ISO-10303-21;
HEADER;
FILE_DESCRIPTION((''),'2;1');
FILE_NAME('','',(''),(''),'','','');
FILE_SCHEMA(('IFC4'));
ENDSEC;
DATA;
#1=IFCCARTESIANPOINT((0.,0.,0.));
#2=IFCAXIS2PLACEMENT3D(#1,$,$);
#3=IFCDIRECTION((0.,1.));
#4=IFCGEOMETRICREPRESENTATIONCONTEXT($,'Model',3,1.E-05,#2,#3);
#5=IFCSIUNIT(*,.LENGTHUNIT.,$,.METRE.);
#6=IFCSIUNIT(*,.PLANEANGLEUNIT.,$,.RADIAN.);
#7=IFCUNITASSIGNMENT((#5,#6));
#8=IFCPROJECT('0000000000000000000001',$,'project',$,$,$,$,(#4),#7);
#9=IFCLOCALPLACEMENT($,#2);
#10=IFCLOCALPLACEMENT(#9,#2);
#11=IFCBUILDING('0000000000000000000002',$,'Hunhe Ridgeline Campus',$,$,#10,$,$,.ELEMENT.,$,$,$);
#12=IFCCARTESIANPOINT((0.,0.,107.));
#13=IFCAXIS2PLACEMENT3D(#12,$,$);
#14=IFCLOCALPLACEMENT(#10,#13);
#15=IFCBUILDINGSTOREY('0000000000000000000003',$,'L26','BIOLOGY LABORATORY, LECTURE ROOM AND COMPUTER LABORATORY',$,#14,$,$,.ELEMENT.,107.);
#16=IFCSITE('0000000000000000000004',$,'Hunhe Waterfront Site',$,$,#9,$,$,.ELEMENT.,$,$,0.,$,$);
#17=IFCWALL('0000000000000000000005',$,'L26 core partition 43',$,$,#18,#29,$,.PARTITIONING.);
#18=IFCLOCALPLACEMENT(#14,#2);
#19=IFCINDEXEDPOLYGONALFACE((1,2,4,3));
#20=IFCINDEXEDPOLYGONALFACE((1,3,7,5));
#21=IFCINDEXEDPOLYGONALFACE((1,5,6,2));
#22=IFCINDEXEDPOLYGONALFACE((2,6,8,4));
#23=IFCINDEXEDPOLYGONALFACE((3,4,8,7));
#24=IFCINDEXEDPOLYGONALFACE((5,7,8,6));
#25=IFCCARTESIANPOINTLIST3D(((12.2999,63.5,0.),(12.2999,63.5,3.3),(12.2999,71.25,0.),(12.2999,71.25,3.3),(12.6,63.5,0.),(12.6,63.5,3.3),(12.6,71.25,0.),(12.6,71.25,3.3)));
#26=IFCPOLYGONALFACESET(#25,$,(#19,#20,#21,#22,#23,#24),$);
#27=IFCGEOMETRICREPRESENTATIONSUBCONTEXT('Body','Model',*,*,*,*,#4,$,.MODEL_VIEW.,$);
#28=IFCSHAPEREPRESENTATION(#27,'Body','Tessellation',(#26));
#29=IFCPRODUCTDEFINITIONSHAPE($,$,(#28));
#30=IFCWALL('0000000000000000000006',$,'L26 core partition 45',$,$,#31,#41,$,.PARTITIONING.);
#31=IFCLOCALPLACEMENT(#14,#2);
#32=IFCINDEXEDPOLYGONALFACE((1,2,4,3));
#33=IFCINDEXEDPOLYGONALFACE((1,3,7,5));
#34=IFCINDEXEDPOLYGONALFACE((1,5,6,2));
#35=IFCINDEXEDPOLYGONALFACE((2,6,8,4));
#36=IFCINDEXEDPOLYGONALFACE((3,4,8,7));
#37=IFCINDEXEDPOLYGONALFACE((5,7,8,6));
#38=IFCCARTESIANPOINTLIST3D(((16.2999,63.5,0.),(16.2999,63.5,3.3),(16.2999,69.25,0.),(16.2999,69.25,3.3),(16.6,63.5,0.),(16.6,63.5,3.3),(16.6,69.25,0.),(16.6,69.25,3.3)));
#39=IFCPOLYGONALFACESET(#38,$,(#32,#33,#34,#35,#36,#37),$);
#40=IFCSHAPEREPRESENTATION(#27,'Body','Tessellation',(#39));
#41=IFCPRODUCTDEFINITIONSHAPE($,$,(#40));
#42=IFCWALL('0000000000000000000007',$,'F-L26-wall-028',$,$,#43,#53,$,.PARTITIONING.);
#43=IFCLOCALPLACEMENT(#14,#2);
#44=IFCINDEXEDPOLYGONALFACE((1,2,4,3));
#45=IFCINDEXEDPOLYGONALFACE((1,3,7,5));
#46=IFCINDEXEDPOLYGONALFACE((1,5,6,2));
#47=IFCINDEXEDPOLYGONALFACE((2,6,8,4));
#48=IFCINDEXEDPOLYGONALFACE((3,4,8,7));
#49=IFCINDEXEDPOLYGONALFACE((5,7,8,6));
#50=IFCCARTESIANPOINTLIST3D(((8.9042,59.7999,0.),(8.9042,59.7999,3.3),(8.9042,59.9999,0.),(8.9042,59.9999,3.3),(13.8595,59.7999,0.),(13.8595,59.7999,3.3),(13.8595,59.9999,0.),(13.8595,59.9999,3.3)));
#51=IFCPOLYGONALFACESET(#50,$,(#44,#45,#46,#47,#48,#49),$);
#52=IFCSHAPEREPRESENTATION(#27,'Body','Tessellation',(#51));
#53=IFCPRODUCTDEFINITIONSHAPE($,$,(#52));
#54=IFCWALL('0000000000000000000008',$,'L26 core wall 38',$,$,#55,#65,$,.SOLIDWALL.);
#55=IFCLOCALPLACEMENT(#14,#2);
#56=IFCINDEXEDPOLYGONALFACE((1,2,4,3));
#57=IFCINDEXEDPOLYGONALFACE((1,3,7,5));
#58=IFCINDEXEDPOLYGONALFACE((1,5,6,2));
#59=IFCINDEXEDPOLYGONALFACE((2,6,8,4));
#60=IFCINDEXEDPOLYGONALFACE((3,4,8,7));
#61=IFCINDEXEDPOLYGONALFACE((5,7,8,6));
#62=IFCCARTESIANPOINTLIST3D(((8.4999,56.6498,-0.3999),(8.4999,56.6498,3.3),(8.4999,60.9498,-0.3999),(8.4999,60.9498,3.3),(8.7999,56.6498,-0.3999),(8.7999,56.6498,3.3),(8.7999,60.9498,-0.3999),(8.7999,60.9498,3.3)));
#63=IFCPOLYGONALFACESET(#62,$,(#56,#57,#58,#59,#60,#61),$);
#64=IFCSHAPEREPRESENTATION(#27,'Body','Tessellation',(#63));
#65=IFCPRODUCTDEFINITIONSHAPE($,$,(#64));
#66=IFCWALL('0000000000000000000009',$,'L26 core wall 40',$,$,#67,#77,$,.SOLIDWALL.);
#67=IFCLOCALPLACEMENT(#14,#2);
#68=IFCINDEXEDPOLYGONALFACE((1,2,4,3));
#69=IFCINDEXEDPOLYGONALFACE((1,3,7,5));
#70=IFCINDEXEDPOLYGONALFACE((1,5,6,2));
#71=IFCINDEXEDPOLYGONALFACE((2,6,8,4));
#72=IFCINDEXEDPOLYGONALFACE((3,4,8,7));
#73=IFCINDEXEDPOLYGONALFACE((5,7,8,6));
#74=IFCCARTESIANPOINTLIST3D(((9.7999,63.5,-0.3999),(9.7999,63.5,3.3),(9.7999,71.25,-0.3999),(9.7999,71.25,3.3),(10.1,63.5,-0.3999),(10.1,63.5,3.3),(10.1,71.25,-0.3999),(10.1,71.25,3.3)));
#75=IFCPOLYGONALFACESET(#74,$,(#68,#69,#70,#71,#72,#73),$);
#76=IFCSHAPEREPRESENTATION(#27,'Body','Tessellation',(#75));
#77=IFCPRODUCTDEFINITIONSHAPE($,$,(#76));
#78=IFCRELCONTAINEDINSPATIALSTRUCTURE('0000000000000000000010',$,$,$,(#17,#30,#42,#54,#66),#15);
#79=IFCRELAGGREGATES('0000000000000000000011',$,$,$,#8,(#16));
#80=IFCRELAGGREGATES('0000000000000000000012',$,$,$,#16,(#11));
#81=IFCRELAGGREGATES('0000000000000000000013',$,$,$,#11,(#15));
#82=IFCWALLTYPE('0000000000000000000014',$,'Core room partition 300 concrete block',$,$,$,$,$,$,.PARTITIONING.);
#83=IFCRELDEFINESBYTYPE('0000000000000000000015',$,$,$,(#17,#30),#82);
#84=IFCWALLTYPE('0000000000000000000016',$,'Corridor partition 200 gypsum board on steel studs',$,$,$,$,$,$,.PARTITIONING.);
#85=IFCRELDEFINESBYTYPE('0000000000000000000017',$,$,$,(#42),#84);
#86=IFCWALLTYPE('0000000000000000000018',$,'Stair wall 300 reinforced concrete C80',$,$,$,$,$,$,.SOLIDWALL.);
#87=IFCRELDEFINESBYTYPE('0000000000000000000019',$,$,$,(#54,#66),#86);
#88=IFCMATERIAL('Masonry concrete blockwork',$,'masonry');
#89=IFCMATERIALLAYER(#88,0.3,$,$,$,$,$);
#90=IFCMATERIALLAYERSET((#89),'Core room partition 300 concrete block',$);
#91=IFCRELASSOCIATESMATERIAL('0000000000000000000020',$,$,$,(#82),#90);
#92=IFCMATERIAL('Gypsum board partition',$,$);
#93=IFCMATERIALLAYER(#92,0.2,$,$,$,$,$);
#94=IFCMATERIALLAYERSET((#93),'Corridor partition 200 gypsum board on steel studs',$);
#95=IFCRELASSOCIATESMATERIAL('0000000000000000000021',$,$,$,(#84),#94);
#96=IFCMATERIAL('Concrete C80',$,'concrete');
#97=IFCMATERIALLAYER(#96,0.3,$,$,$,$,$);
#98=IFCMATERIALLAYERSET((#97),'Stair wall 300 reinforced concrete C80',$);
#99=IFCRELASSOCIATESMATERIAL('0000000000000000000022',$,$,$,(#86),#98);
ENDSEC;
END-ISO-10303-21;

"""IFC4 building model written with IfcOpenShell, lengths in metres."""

from ifc_helpers import new_model, si_unit, direction, frame, frame_2d, origin, place, context, subcontext, project, spatial, rectangle, extrude, material, layer, layer_set, type_object, element, save


model = new_model("IFC4")

# Units and contexts
model_context = context("Model", 3, precision=1e-05, world=origin(), true_north=direction((0.0, 1.0)))
body_context = subcontext(model_context, "Body", "Model", "MODEL_VIEW")
ifc_project = project(units=[si_unit("LENGTHUNIT", "METRE"), si_unit("PLANEANGLEUNIT", "RADIAN")], contexts=[model_context])

# Site, building, storey
site_placement = place(None, origin())
site = spatial("IfcSite", under=ifc_project, at=site_placement, Name="Hunhe Waterfront Site", CompositionType="ELEMENT", RefElevation=0.0)
building_placement = place(site_placement, origin())
building = spatial("IfcBuilding", under=site, at=building_placement, Name="Hunhe Ridgeline Campus", CompositionType="ELEMENT")
storey_placement = place(building_placement, frame((0.0, 0.0, 107.0)))
storey = spatial("IfcBuildingStorey", under=building, at=storey_placement, Name="L26", Description="BIOLOGY LABORATORY, LECTURE ROOM AND COMPUTER LABORATORY", CompositionType="ELEMENT", Elevation=107.0)

# Shared definitions
ifc_material_1 = material(Name="Masonry concrete blockwork", Category="masonry")
ifc_layer_1 = layer(ifc_material_1, 0.3)
ifc_layer_set_1 = layer_set([ifc_layer_1], Name="Core room partition 300 concrete block")
wall_type_1 = type_object("IfcWallType", Name="Core room partition 300 concrete block", PredefinedType="PARTITIONING", material=ifc_layer_set_1)

# Walls
wall_1_placement = place(storey_placement, frame((12.45, 63.5, 0.0), z_axis=(0.0, 0.0, 1.0), x_axis=(0.0, 1.0, 0.0)))
element("IfcWall", 1, at=wall_1_placement, inside=storey, type_object=wall_type_1, Name="L26 core partition 43", PredefinedType="PARTITIONING", context=body_context, shape_type="SweptSolid", body=[
    extrude(rectangle(XDim=7.75, YDim=0.3, at=frame_2d((3.875, 0.0))), origin(), (0.0, 0.0, 1.0), 3.3),
])
wall_2_placement = place(storey_placement, frame((16.45, 63.5, 0.0), z_axis=(0.0, 0.0, 1.0), x_axis=(0.0, 1.0, 0.0)))
element("IfcWall", 2, at=wall_2_placement, inside=storey, type_object=wall_type_1, Name="L26 core partition 45", PredefinedType="PARTITIONING", context=body_context, shape_type="SweptSolid", body=[
    extrude(rectangle(XDim=5.75, YDim=0.3, at=frame_2d((2.875, 0.0))), origin(), (0.0, 0.0, 1.0), 3.3),
])
ifc_material_2 = material(Name="Gypsum board partition")
ifc_layer_2 = layer(ifc_material_2, 0.2)
ifc_layer_set_2 = layer_set([ifc_layer_2], Name="Corridor partition 200 gypsum board on steel studs")
wall_type_2 = type_object("IfcWallType", Name="Corridor partition 200 gypsum board on steel studs", PredefinedType="PARTITIONING", material=ifc_layer_set_2)
wall_3_placement = place(storey_placement, frame((13.8594, 59.8999, 0.0), z_axis=(0.0, 0.0, 1.0), x_axis=(-1.0, 0.0, 0.0)))
element("IfcWall", 3, at=wall_3_placement, inside=storey, type_object=wall_type_2, Name="F-L26-wall-028", PredefinedType="PARTITIONING", context=body_context, shape_type="SweptSolid", body=[
    extrude(rectangle(XDim=4.9553, YDim=0.2, at=frame_2d((2.4775, 0.0))), origin(), (0.0, 0.0, 1.0), 3.3),
])

# Walls
ifc_material_3 = material(Name="Concrete C80", Category="concrete")
ifc_layer_3 = layer(ifc_material_3, 0.3)
ifc_layer_set_3 = layer_set([ifc_layer_3], Name="Stair wall 300 reinforced concrete C80")
wall_type_3 = type_object("IfcWallType", Name="Stair wall 300 reinforced concrete C80", PredefinedType="SOLIDWALL", material=ifc_layer_set_3)
wall_4_placement = place(storey_placement, frame((8.6499, 56.6499, -0.3999), z_axis=(0.0, 0.0, 1.0), x_axis=(0.0, 1.0, 0.0)))
element("IfcWall", 4, at=wall_4_placement, inside=storey, type_object=wall_type_3, Name="L26 core wall 38", PredefinedType="SOLIDWALL", context=body_context, shape_type="SweptSolid", body=[
    extrude(rectangle(XDim=4.3, YDim=0.3, at=frame_2d((2.1499, 0.0))), origin(), (0.0, 0.0, 1.0), 3.7),
])
wall_5_placement = place(storey_placement, frame((9.95, 63.5, -0.3999), z_axis=(0.0, 0.0, 1.0), x_axis=(0.0, 1.0, 0.0)))
element("IfcWall", 5, at=wall_5_placement, inside=storey, type_object=wall_type_3, Name="L26 core wall 40", PredefinedType="SOLIDWALL", context=body_context, shape_type="SweptSolid", body=[
    extrude(rectangle(XDim=7.75, YDim=0.3, at=frame_2d((3.875, 0.0))), origin(), (0.0, 0.0, 1.0), 3.7),
])

save(model, "model.ifc")
